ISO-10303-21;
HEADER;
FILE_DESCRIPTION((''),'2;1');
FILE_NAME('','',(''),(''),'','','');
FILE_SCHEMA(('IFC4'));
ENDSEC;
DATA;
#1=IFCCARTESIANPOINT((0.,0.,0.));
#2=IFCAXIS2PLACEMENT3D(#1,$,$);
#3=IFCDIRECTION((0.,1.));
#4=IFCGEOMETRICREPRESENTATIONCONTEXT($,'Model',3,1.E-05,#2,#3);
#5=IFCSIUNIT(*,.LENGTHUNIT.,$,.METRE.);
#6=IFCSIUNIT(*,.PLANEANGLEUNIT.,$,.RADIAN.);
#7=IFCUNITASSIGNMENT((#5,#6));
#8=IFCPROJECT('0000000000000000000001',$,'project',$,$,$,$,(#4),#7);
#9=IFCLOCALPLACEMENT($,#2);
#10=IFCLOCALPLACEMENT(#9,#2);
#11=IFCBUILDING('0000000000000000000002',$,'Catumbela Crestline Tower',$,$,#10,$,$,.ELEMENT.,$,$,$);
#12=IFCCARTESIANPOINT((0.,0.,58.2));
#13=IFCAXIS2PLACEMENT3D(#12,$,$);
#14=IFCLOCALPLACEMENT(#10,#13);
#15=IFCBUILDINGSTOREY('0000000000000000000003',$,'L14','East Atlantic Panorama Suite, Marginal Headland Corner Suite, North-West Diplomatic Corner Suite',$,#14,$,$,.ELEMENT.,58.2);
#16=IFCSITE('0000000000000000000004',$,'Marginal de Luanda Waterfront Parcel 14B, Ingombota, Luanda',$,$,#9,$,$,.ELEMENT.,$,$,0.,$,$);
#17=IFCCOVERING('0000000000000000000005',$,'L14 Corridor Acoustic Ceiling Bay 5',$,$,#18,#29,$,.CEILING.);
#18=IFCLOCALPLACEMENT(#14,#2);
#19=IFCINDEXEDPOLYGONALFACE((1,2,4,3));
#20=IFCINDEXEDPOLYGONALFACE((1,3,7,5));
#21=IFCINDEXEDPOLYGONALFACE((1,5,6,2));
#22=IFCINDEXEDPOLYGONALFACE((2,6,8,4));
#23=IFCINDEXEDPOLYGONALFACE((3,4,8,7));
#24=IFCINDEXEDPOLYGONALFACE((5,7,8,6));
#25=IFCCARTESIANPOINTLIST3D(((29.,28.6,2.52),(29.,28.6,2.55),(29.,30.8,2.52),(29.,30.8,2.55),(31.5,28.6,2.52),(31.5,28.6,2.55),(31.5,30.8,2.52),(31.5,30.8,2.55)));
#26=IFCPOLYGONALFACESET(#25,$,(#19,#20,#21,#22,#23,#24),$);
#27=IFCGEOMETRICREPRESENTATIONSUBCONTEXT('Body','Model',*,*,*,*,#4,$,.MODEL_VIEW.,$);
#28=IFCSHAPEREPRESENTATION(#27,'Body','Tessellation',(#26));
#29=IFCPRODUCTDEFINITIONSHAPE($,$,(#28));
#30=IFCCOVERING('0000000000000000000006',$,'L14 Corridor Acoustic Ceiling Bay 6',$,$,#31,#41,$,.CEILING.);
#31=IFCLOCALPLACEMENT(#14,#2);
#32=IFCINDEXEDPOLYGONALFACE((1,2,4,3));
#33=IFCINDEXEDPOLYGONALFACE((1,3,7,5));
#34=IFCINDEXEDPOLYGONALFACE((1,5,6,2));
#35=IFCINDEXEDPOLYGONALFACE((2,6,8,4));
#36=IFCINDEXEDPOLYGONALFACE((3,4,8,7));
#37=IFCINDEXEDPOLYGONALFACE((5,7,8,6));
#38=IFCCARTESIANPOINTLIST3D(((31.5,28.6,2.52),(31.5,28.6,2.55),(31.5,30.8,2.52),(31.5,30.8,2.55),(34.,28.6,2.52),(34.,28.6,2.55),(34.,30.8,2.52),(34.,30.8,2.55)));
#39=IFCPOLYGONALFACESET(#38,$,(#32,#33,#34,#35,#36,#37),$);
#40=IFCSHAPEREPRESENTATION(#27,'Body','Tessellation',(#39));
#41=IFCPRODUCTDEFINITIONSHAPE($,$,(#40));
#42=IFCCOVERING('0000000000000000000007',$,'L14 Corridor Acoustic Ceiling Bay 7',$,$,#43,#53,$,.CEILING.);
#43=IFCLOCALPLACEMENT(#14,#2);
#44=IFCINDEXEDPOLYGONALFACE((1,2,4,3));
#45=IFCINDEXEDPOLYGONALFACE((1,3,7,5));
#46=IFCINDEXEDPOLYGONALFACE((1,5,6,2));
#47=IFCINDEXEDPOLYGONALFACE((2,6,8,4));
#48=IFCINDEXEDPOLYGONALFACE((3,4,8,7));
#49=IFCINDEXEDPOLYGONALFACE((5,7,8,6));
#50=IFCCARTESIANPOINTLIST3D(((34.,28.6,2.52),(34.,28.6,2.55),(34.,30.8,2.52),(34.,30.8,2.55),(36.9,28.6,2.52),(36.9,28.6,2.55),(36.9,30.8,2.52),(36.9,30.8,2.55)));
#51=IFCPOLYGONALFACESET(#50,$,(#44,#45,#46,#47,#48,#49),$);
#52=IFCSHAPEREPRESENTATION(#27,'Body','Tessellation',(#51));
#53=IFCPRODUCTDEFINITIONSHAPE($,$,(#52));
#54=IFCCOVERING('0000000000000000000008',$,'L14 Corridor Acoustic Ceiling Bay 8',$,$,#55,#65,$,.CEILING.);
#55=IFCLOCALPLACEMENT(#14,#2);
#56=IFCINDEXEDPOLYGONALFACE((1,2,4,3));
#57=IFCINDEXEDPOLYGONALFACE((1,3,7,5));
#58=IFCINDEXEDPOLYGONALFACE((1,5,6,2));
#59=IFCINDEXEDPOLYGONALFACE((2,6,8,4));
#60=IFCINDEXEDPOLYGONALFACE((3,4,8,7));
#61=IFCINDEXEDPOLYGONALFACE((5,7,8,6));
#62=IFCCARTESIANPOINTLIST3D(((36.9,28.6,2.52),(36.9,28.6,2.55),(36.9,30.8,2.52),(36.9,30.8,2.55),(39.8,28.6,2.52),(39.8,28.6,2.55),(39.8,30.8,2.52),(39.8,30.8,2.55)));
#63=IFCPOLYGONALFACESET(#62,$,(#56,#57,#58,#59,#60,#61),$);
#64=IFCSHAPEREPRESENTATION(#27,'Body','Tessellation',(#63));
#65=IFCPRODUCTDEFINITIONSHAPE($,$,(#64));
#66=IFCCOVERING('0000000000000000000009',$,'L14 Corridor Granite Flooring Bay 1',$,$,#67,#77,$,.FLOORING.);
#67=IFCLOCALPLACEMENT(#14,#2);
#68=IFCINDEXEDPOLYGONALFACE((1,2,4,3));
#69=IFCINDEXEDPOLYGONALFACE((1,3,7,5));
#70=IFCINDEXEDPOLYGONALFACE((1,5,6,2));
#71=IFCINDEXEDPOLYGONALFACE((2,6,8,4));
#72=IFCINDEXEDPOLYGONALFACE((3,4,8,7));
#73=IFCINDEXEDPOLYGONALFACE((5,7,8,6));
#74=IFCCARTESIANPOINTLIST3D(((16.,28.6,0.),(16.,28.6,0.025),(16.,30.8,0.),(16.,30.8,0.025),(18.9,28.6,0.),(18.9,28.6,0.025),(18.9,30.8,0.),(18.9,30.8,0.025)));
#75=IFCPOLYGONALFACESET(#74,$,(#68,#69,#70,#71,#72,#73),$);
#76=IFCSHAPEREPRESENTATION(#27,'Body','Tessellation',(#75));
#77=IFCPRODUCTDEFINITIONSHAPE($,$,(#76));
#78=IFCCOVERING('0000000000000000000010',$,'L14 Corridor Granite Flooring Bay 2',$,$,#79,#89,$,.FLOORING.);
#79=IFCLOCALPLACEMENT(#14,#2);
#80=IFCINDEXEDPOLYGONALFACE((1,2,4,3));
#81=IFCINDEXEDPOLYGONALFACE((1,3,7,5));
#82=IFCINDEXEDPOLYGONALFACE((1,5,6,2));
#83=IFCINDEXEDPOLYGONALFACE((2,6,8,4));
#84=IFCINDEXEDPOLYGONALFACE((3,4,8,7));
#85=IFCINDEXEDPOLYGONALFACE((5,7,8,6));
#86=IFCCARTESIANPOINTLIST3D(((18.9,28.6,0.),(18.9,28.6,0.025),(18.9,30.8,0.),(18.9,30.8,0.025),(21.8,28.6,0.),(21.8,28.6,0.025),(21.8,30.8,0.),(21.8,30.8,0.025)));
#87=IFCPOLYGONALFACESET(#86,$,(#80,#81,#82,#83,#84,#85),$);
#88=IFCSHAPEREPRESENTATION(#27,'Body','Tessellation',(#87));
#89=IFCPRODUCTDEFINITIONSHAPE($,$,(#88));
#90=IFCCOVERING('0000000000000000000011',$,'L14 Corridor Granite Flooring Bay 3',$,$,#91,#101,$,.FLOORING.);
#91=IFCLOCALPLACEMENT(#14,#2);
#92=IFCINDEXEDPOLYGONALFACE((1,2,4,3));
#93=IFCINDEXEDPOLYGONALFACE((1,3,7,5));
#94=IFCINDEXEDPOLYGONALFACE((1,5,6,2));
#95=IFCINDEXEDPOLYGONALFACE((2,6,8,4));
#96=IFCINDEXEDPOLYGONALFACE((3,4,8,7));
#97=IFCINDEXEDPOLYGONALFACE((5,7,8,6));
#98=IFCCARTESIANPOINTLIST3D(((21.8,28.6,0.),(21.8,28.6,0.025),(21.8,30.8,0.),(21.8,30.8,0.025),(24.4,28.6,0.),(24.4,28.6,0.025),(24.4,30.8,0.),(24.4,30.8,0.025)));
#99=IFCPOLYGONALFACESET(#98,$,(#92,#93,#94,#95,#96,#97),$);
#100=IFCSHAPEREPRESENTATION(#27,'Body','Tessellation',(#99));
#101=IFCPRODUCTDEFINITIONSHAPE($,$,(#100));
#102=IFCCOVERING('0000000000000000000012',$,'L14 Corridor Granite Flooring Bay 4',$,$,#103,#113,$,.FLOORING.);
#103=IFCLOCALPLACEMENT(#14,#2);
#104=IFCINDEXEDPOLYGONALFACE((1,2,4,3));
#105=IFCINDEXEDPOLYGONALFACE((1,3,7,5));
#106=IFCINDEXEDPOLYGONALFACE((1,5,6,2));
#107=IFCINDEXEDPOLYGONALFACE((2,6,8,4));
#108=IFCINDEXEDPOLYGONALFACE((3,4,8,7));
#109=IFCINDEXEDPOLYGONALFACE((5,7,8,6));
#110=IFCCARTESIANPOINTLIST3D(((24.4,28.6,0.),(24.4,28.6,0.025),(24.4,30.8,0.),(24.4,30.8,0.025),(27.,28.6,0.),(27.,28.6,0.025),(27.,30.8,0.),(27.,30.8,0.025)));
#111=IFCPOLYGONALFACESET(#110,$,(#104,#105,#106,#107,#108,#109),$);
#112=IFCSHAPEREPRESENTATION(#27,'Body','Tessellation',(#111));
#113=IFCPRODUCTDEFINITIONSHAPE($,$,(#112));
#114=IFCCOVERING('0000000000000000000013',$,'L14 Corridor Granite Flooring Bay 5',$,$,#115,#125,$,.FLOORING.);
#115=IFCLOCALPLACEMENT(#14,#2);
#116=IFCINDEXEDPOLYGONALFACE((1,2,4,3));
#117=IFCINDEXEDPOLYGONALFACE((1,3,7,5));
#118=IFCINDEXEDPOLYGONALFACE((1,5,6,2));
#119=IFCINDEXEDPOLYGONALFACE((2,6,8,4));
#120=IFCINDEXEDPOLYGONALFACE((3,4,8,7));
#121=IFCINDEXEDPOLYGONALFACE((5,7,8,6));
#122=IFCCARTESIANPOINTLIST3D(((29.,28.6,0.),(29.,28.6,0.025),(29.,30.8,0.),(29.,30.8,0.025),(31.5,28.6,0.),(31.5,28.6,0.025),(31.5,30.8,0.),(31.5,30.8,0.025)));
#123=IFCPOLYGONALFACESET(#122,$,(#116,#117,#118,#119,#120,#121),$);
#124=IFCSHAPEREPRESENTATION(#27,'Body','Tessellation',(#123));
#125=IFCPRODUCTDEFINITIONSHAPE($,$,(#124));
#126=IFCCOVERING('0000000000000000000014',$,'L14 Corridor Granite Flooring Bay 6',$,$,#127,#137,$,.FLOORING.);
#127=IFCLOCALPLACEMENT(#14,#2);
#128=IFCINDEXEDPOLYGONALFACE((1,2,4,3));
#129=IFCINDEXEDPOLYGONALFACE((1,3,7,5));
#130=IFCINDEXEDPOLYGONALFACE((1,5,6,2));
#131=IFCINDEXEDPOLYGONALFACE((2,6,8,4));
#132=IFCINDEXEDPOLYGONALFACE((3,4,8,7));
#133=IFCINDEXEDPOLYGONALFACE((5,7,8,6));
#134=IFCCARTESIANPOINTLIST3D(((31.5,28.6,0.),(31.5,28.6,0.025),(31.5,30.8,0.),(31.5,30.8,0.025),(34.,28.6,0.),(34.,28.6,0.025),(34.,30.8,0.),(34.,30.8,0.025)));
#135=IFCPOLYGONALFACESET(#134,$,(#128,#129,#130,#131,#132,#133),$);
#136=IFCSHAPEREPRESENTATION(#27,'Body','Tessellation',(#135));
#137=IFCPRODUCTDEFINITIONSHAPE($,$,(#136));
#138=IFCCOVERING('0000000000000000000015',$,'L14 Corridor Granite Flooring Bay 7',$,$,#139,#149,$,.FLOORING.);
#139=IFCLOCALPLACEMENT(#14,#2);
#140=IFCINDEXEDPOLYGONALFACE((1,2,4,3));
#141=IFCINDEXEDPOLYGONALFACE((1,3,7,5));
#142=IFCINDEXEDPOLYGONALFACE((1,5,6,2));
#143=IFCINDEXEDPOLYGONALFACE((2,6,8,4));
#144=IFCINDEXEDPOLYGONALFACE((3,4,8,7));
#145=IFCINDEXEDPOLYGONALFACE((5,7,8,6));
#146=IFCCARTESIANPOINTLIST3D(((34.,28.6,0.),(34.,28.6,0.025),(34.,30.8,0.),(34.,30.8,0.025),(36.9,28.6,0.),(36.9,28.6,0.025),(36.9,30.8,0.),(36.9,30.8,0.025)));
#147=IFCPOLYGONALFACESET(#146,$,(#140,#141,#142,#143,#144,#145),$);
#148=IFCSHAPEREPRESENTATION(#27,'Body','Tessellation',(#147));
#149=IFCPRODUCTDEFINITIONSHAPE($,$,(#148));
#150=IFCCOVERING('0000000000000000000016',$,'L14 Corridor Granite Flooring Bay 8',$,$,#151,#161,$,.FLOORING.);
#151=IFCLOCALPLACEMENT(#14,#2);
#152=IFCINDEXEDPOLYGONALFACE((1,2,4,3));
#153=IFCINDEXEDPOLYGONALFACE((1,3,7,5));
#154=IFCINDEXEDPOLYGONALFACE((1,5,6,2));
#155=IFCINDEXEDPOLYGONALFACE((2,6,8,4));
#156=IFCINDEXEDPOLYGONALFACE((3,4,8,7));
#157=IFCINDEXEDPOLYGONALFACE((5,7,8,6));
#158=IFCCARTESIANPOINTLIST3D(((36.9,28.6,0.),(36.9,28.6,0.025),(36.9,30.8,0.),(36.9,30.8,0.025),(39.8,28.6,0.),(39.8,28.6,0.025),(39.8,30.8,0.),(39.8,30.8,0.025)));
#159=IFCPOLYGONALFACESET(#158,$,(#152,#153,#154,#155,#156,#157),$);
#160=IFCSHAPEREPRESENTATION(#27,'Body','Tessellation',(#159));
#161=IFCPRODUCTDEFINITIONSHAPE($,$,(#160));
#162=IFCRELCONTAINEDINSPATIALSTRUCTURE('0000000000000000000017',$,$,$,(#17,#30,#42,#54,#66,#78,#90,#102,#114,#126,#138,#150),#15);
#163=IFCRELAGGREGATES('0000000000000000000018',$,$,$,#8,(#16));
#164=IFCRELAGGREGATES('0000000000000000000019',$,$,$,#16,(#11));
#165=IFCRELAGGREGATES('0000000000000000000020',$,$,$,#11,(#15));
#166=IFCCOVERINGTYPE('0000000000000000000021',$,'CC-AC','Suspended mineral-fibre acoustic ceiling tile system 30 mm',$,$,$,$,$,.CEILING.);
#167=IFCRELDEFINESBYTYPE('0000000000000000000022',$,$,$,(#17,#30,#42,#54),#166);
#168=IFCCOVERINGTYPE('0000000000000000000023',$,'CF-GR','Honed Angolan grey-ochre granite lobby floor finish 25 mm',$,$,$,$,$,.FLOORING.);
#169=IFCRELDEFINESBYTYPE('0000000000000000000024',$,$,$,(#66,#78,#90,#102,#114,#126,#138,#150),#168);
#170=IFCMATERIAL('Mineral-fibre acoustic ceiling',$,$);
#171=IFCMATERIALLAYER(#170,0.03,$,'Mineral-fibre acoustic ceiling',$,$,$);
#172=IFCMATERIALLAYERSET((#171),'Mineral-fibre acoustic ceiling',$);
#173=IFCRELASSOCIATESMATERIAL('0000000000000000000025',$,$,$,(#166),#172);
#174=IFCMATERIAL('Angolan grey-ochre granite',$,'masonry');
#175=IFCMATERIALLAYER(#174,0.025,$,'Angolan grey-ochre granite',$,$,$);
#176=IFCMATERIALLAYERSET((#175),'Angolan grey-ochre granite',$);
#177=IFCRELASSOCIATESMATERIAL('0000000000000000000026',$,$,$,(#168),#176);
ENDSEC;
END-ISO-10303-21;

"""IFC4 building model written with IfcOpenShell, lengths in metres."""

from ifc_helpers import new_model, si_unit, direction, frame, origin, place, context, subcontext, project, spatial, polyline, outline, extrude, material, layer, layer_set, type_object, element, save


model = new_model("IFC4")

# Units and contexts
model_context = context("Model", 3, precision=1e-05, world=origin(), true_north=direction((0.0, 1.0)))
body_context = subcontext(model_context, "Body", "Model", "MODEL_VIEW")
ifc_project = project(units=[si_unit("LENGTHUNIT", "METRE"), si_unit("PLANEANGLEUNIT", "RADIAN")], contexts=[model_context])

# Site, building, storey
site_placement = place(None, origin())
site = spatial("IfcSite", under=ifc_project, at=site_placement, Name="Marginal de Luanda Waterfront Parcel 14B, Ingombota, Luanda", CompositionType="ELEMENT", RefElevation=0.0)
building_placement = place(site_placement, origin())
building = spatial("IfcBuilding", under=site, at=building_placement, Name="Catumbela Crestline Tower", CompositionType="ELEMENT")
storey_placement = place(building_placement, frame((0.0, 0.0, 58.2)))
storey = spatial("IfcBuildingStorey", under=building, at=storey_placement, Name="L14", Description="East Atlantic Panorama Suite, Marginal Headland Corner Suite, North-West Diplomatic Corner Suite", CompositionType="ELEMENT", Elevation=58.2)

# Shared definitions
ifc_material_1 = material(Name="Angolan grey-ochre granite", Category="masonry")

# Coverings
ifc_material_2 = material(Name="Mineral-fibre acoustic ceiling")
ifc_layer_1 = layer(ifc_material_2, 0.03, Name="Mineral-fibre acoustic ceiling")
ifc_layer_set_1 = layer_set([ifc_layer_1], Name="Mineral-fibre acoustic ceiling")
covering_type_1 = type_object("IfcCoveringType", Name="CC-AC", Description="Suspended mineral-fibre acoustic ceiling tile system 30 mm", PredefinedType="CEILING", material=ifc_layer_set_1)
covering_1_placement = place(storey_placement, frame((0.0, 0.0, 2.52)))
element("IfcCovering", 1, at=covering_1_placement, inside=storey, type_object=covering_type_1, Name="L14 Corridor Acoustic Ceiling Bay 5", PredefinedType="CEILING", context=body_context, shape_type="SweptSolid", body=[
    extrude(outline(polyline([(29.0, 28.6), (31.5, 28.6), (31.5, 30.8), (29.0, 30.8), (29.0, 28.6)])), origin(), (0.0, 0.0, 1.0), 0.03),
])
covering_2_placement = place(storey_placement, frame((0.0, 0.0, 2.52)))
element("IfcCovering", 2, at=covering_2_placement, inside=storey, type_object=covering_type_1, Name="L14 Corridor Acoustic Ceiling Bay 6", PredefinedType="CEILING", context=body_context, shape_type="SweptSolid", body=[
    extrude(outline(polyline([(31.5, 28.6), (34.0, 28.6), (34.0, 30.8), (31.5, 30.8), (31.5, 28.6)])), origin(), (0.0, 0.0, 1.0), 0.03),
])
covering_3_placement = place(storey_placement, frame((0.0, 0.0, 2.52)))
element("IfcCovering", 3, at=covering_3_placement, inside=storey, type_object=covering_type_1, Name="L14 Corridor Acoustic Ceiling Bay 7", PredefinedType="CEILING", context=body_context, shape_type="SweptSolid", body=[
    extrude(outline(polyline([(34.0, 28.6), (36.9, 28.6), (36.9, 30.8), (34.0, 30.8), (34.0, 28.6)])), origin(), (0.0, 0.0, 1.0), 0.03),
])
covering_4_placement = place(storey_placement, frame((0.0, 0.0, 2.52)))
element("IfcCovering", 4, at=covering_4_placement, inside=storey, type_object=covering_type_1, Name="L14 Corridor Acoustic Ceiling Bay 8", PredefinedType="CEILING", context=body_context, shape_type="SweptSolid", body=[
    extrude(outline(polyline([(36.9, 28.6), (39.8, 28.6), (39.8, 30.8), (36.9, 30.8), (36.9, 28.6)])), origin(), (0.0, 0.0, 1.0), 0.03),
])
ifc_layer_2 = layer(ifc_material_1, 0.025, Name="Angolan grey-ochre granite")
ifc_layer_set_2 = layer_set([ifc_layer_2], Name="Angolan grey-ochre granite")
covering_type_2 = type_object("IfcCoveringType", Name="CF-GR", Description="Honed Angolan grey-ochre granite lobby floor finish 25 mm", PredefinedType="FLOORING", material=ifc_layer_set_2)
covering_5_placement = place(storey_placement, origin())
element("IfcCovering", 5, at=covering_5_placement, inside=storey, type_object=covering_type_2, Name="L14 Corridor Granite Flooring Bay 1", PredefinedType="FLOORING", context=body_context, shape_type="SweptSolid", body=[
    extrude(outline(polyline([(16.0, 28.6), (18.9, 28.6), (18.9, 30.8), (16.0, 30.8), (16.0, 28.6)])), origin(), (0.0, 0.0, 1.0), 0.025),
])
covering_6_placement = place(storey_placement, origin())
element("IfcCovering", 6, at=covering_6_placement, inside=storey, type_object=covering_type_2, Name="L14 Corridor Granite Flooring Bay 2", PredefinedType="FLOORING", context=body_context, shape_type="SweptSolid", body=[
    extrude(outline(polyline([(18.9, 28.6), (21.8, 28.6), (21.8, 30.8), (18.9, 30.8), (18.9, 28.6)])), origin(), (0.0, 0.0, 1.0), 0.025),
])
covering_7_placement = place(storey_placement, origin())
element("IfcCovering", 7, at=covering_7_placement, inside=storey, type_object=covering_type_2, Name="L14 Corridor Granite Flooring Bay 3", PredefinedType="FLOORING", context=body_context, shape_type="SweptSolid", body=[
    extrude(outline(polyline([(21.8, 28.6), (24.4, 28.6), (24.4, 30.8), (21.8, 30.8), (21.8, 28.6)])), origin(), (0.0, 0.0, 1.0), 0.025),
])
covering_8_placement = place(storey_placement, origin())
element("IfcCovering", 8, at=covering_8_placement, inside=storey, type_object=covering_type_2, Name="L14 Corridor Granite Flooring Bay 4", PredefinedType="FLOORING", context=body_context, shape_type="SweptSolid", body=[
    extrude(outline(polyline([(24.4, 28.6), (27.0, 28.6), (27.0, 30.8), (24.4, 30.8), (24.4, 28.6)])), origin(), (0.0, 0.0, 1.0), 0.025),
])
covering_9_placement = place(storey_placement, origin())
element("IfcCovering", 9, at=covering_9_placement, inside=storey, type_object=covering_type_2, Name="L14 Corridor Granite Flooring Bay 5", PredefinedType="FLOORING", context=body_context, shape_type="SweptSolid", body=[
    extrude(outline(polyline([(29.0, 28.6), (31.5, 28.6), (31.5, 30.8), (29.0, 30.8), (29.0, 28.6)])), origin(), (0.0, 0.0, 1.0), 0.025),
])
covering_10_placement = place(storey_placement, origin())
element("IfcCovering", 10, at=covering_10_placement, inside=storey, type_object=covering_type_2, Name="L14 Corridor Granite Flooring Bay 6", PredefinedType="FLOORING", context=body_context, shape_type="SweptSolid", body=[
    extrude(outline(polyline([(31.5, 28.6), (34.0, 28.6), (34.0, 30.8), (31.5, 30.8), (31.5, 28.6)])), origin(), (0.0, 0.0, 1.0), 0.025),
])
covering_11_placement = place(storey_placement, origin())
element("IfcCovering", 11, at=covering_11_placement, inside=storey, type_object=covering_type_2, Name="L14 Corridor Granite Flooring Bay 7", PredefinedType="FLOORING", context=body_context, shape_type="SweptSolid", body=[
    extrude(outline(polyline([(34.0, 28.6), (36.9, 28.6), (36.9, 30.8), (34.0, 30.8), (34.0, 28.6)])), origin(), (0.0, 0.0, 1.0), 0.025),
])
covering_12_placement = place(storey_placement, origin())
element("IfcCovering", 12, at=covering_12_placement, inside=storey, type_object=covering_type_2, Name="L14 Corridor Granite Flooring Bay 8", PredefinedType="FLOORING", context=body_context, shape_type="SweptSolid", body=[
    extrude(outline(polyline([(36.9, 28.6), (39.8, 28.6), (39.8, 30.8), (36.9, 30.8), (36.9, 28.6)])), origin(), (0.0, 0.0, 1.0), 0.025),
])

save(model, "model.ifc")
